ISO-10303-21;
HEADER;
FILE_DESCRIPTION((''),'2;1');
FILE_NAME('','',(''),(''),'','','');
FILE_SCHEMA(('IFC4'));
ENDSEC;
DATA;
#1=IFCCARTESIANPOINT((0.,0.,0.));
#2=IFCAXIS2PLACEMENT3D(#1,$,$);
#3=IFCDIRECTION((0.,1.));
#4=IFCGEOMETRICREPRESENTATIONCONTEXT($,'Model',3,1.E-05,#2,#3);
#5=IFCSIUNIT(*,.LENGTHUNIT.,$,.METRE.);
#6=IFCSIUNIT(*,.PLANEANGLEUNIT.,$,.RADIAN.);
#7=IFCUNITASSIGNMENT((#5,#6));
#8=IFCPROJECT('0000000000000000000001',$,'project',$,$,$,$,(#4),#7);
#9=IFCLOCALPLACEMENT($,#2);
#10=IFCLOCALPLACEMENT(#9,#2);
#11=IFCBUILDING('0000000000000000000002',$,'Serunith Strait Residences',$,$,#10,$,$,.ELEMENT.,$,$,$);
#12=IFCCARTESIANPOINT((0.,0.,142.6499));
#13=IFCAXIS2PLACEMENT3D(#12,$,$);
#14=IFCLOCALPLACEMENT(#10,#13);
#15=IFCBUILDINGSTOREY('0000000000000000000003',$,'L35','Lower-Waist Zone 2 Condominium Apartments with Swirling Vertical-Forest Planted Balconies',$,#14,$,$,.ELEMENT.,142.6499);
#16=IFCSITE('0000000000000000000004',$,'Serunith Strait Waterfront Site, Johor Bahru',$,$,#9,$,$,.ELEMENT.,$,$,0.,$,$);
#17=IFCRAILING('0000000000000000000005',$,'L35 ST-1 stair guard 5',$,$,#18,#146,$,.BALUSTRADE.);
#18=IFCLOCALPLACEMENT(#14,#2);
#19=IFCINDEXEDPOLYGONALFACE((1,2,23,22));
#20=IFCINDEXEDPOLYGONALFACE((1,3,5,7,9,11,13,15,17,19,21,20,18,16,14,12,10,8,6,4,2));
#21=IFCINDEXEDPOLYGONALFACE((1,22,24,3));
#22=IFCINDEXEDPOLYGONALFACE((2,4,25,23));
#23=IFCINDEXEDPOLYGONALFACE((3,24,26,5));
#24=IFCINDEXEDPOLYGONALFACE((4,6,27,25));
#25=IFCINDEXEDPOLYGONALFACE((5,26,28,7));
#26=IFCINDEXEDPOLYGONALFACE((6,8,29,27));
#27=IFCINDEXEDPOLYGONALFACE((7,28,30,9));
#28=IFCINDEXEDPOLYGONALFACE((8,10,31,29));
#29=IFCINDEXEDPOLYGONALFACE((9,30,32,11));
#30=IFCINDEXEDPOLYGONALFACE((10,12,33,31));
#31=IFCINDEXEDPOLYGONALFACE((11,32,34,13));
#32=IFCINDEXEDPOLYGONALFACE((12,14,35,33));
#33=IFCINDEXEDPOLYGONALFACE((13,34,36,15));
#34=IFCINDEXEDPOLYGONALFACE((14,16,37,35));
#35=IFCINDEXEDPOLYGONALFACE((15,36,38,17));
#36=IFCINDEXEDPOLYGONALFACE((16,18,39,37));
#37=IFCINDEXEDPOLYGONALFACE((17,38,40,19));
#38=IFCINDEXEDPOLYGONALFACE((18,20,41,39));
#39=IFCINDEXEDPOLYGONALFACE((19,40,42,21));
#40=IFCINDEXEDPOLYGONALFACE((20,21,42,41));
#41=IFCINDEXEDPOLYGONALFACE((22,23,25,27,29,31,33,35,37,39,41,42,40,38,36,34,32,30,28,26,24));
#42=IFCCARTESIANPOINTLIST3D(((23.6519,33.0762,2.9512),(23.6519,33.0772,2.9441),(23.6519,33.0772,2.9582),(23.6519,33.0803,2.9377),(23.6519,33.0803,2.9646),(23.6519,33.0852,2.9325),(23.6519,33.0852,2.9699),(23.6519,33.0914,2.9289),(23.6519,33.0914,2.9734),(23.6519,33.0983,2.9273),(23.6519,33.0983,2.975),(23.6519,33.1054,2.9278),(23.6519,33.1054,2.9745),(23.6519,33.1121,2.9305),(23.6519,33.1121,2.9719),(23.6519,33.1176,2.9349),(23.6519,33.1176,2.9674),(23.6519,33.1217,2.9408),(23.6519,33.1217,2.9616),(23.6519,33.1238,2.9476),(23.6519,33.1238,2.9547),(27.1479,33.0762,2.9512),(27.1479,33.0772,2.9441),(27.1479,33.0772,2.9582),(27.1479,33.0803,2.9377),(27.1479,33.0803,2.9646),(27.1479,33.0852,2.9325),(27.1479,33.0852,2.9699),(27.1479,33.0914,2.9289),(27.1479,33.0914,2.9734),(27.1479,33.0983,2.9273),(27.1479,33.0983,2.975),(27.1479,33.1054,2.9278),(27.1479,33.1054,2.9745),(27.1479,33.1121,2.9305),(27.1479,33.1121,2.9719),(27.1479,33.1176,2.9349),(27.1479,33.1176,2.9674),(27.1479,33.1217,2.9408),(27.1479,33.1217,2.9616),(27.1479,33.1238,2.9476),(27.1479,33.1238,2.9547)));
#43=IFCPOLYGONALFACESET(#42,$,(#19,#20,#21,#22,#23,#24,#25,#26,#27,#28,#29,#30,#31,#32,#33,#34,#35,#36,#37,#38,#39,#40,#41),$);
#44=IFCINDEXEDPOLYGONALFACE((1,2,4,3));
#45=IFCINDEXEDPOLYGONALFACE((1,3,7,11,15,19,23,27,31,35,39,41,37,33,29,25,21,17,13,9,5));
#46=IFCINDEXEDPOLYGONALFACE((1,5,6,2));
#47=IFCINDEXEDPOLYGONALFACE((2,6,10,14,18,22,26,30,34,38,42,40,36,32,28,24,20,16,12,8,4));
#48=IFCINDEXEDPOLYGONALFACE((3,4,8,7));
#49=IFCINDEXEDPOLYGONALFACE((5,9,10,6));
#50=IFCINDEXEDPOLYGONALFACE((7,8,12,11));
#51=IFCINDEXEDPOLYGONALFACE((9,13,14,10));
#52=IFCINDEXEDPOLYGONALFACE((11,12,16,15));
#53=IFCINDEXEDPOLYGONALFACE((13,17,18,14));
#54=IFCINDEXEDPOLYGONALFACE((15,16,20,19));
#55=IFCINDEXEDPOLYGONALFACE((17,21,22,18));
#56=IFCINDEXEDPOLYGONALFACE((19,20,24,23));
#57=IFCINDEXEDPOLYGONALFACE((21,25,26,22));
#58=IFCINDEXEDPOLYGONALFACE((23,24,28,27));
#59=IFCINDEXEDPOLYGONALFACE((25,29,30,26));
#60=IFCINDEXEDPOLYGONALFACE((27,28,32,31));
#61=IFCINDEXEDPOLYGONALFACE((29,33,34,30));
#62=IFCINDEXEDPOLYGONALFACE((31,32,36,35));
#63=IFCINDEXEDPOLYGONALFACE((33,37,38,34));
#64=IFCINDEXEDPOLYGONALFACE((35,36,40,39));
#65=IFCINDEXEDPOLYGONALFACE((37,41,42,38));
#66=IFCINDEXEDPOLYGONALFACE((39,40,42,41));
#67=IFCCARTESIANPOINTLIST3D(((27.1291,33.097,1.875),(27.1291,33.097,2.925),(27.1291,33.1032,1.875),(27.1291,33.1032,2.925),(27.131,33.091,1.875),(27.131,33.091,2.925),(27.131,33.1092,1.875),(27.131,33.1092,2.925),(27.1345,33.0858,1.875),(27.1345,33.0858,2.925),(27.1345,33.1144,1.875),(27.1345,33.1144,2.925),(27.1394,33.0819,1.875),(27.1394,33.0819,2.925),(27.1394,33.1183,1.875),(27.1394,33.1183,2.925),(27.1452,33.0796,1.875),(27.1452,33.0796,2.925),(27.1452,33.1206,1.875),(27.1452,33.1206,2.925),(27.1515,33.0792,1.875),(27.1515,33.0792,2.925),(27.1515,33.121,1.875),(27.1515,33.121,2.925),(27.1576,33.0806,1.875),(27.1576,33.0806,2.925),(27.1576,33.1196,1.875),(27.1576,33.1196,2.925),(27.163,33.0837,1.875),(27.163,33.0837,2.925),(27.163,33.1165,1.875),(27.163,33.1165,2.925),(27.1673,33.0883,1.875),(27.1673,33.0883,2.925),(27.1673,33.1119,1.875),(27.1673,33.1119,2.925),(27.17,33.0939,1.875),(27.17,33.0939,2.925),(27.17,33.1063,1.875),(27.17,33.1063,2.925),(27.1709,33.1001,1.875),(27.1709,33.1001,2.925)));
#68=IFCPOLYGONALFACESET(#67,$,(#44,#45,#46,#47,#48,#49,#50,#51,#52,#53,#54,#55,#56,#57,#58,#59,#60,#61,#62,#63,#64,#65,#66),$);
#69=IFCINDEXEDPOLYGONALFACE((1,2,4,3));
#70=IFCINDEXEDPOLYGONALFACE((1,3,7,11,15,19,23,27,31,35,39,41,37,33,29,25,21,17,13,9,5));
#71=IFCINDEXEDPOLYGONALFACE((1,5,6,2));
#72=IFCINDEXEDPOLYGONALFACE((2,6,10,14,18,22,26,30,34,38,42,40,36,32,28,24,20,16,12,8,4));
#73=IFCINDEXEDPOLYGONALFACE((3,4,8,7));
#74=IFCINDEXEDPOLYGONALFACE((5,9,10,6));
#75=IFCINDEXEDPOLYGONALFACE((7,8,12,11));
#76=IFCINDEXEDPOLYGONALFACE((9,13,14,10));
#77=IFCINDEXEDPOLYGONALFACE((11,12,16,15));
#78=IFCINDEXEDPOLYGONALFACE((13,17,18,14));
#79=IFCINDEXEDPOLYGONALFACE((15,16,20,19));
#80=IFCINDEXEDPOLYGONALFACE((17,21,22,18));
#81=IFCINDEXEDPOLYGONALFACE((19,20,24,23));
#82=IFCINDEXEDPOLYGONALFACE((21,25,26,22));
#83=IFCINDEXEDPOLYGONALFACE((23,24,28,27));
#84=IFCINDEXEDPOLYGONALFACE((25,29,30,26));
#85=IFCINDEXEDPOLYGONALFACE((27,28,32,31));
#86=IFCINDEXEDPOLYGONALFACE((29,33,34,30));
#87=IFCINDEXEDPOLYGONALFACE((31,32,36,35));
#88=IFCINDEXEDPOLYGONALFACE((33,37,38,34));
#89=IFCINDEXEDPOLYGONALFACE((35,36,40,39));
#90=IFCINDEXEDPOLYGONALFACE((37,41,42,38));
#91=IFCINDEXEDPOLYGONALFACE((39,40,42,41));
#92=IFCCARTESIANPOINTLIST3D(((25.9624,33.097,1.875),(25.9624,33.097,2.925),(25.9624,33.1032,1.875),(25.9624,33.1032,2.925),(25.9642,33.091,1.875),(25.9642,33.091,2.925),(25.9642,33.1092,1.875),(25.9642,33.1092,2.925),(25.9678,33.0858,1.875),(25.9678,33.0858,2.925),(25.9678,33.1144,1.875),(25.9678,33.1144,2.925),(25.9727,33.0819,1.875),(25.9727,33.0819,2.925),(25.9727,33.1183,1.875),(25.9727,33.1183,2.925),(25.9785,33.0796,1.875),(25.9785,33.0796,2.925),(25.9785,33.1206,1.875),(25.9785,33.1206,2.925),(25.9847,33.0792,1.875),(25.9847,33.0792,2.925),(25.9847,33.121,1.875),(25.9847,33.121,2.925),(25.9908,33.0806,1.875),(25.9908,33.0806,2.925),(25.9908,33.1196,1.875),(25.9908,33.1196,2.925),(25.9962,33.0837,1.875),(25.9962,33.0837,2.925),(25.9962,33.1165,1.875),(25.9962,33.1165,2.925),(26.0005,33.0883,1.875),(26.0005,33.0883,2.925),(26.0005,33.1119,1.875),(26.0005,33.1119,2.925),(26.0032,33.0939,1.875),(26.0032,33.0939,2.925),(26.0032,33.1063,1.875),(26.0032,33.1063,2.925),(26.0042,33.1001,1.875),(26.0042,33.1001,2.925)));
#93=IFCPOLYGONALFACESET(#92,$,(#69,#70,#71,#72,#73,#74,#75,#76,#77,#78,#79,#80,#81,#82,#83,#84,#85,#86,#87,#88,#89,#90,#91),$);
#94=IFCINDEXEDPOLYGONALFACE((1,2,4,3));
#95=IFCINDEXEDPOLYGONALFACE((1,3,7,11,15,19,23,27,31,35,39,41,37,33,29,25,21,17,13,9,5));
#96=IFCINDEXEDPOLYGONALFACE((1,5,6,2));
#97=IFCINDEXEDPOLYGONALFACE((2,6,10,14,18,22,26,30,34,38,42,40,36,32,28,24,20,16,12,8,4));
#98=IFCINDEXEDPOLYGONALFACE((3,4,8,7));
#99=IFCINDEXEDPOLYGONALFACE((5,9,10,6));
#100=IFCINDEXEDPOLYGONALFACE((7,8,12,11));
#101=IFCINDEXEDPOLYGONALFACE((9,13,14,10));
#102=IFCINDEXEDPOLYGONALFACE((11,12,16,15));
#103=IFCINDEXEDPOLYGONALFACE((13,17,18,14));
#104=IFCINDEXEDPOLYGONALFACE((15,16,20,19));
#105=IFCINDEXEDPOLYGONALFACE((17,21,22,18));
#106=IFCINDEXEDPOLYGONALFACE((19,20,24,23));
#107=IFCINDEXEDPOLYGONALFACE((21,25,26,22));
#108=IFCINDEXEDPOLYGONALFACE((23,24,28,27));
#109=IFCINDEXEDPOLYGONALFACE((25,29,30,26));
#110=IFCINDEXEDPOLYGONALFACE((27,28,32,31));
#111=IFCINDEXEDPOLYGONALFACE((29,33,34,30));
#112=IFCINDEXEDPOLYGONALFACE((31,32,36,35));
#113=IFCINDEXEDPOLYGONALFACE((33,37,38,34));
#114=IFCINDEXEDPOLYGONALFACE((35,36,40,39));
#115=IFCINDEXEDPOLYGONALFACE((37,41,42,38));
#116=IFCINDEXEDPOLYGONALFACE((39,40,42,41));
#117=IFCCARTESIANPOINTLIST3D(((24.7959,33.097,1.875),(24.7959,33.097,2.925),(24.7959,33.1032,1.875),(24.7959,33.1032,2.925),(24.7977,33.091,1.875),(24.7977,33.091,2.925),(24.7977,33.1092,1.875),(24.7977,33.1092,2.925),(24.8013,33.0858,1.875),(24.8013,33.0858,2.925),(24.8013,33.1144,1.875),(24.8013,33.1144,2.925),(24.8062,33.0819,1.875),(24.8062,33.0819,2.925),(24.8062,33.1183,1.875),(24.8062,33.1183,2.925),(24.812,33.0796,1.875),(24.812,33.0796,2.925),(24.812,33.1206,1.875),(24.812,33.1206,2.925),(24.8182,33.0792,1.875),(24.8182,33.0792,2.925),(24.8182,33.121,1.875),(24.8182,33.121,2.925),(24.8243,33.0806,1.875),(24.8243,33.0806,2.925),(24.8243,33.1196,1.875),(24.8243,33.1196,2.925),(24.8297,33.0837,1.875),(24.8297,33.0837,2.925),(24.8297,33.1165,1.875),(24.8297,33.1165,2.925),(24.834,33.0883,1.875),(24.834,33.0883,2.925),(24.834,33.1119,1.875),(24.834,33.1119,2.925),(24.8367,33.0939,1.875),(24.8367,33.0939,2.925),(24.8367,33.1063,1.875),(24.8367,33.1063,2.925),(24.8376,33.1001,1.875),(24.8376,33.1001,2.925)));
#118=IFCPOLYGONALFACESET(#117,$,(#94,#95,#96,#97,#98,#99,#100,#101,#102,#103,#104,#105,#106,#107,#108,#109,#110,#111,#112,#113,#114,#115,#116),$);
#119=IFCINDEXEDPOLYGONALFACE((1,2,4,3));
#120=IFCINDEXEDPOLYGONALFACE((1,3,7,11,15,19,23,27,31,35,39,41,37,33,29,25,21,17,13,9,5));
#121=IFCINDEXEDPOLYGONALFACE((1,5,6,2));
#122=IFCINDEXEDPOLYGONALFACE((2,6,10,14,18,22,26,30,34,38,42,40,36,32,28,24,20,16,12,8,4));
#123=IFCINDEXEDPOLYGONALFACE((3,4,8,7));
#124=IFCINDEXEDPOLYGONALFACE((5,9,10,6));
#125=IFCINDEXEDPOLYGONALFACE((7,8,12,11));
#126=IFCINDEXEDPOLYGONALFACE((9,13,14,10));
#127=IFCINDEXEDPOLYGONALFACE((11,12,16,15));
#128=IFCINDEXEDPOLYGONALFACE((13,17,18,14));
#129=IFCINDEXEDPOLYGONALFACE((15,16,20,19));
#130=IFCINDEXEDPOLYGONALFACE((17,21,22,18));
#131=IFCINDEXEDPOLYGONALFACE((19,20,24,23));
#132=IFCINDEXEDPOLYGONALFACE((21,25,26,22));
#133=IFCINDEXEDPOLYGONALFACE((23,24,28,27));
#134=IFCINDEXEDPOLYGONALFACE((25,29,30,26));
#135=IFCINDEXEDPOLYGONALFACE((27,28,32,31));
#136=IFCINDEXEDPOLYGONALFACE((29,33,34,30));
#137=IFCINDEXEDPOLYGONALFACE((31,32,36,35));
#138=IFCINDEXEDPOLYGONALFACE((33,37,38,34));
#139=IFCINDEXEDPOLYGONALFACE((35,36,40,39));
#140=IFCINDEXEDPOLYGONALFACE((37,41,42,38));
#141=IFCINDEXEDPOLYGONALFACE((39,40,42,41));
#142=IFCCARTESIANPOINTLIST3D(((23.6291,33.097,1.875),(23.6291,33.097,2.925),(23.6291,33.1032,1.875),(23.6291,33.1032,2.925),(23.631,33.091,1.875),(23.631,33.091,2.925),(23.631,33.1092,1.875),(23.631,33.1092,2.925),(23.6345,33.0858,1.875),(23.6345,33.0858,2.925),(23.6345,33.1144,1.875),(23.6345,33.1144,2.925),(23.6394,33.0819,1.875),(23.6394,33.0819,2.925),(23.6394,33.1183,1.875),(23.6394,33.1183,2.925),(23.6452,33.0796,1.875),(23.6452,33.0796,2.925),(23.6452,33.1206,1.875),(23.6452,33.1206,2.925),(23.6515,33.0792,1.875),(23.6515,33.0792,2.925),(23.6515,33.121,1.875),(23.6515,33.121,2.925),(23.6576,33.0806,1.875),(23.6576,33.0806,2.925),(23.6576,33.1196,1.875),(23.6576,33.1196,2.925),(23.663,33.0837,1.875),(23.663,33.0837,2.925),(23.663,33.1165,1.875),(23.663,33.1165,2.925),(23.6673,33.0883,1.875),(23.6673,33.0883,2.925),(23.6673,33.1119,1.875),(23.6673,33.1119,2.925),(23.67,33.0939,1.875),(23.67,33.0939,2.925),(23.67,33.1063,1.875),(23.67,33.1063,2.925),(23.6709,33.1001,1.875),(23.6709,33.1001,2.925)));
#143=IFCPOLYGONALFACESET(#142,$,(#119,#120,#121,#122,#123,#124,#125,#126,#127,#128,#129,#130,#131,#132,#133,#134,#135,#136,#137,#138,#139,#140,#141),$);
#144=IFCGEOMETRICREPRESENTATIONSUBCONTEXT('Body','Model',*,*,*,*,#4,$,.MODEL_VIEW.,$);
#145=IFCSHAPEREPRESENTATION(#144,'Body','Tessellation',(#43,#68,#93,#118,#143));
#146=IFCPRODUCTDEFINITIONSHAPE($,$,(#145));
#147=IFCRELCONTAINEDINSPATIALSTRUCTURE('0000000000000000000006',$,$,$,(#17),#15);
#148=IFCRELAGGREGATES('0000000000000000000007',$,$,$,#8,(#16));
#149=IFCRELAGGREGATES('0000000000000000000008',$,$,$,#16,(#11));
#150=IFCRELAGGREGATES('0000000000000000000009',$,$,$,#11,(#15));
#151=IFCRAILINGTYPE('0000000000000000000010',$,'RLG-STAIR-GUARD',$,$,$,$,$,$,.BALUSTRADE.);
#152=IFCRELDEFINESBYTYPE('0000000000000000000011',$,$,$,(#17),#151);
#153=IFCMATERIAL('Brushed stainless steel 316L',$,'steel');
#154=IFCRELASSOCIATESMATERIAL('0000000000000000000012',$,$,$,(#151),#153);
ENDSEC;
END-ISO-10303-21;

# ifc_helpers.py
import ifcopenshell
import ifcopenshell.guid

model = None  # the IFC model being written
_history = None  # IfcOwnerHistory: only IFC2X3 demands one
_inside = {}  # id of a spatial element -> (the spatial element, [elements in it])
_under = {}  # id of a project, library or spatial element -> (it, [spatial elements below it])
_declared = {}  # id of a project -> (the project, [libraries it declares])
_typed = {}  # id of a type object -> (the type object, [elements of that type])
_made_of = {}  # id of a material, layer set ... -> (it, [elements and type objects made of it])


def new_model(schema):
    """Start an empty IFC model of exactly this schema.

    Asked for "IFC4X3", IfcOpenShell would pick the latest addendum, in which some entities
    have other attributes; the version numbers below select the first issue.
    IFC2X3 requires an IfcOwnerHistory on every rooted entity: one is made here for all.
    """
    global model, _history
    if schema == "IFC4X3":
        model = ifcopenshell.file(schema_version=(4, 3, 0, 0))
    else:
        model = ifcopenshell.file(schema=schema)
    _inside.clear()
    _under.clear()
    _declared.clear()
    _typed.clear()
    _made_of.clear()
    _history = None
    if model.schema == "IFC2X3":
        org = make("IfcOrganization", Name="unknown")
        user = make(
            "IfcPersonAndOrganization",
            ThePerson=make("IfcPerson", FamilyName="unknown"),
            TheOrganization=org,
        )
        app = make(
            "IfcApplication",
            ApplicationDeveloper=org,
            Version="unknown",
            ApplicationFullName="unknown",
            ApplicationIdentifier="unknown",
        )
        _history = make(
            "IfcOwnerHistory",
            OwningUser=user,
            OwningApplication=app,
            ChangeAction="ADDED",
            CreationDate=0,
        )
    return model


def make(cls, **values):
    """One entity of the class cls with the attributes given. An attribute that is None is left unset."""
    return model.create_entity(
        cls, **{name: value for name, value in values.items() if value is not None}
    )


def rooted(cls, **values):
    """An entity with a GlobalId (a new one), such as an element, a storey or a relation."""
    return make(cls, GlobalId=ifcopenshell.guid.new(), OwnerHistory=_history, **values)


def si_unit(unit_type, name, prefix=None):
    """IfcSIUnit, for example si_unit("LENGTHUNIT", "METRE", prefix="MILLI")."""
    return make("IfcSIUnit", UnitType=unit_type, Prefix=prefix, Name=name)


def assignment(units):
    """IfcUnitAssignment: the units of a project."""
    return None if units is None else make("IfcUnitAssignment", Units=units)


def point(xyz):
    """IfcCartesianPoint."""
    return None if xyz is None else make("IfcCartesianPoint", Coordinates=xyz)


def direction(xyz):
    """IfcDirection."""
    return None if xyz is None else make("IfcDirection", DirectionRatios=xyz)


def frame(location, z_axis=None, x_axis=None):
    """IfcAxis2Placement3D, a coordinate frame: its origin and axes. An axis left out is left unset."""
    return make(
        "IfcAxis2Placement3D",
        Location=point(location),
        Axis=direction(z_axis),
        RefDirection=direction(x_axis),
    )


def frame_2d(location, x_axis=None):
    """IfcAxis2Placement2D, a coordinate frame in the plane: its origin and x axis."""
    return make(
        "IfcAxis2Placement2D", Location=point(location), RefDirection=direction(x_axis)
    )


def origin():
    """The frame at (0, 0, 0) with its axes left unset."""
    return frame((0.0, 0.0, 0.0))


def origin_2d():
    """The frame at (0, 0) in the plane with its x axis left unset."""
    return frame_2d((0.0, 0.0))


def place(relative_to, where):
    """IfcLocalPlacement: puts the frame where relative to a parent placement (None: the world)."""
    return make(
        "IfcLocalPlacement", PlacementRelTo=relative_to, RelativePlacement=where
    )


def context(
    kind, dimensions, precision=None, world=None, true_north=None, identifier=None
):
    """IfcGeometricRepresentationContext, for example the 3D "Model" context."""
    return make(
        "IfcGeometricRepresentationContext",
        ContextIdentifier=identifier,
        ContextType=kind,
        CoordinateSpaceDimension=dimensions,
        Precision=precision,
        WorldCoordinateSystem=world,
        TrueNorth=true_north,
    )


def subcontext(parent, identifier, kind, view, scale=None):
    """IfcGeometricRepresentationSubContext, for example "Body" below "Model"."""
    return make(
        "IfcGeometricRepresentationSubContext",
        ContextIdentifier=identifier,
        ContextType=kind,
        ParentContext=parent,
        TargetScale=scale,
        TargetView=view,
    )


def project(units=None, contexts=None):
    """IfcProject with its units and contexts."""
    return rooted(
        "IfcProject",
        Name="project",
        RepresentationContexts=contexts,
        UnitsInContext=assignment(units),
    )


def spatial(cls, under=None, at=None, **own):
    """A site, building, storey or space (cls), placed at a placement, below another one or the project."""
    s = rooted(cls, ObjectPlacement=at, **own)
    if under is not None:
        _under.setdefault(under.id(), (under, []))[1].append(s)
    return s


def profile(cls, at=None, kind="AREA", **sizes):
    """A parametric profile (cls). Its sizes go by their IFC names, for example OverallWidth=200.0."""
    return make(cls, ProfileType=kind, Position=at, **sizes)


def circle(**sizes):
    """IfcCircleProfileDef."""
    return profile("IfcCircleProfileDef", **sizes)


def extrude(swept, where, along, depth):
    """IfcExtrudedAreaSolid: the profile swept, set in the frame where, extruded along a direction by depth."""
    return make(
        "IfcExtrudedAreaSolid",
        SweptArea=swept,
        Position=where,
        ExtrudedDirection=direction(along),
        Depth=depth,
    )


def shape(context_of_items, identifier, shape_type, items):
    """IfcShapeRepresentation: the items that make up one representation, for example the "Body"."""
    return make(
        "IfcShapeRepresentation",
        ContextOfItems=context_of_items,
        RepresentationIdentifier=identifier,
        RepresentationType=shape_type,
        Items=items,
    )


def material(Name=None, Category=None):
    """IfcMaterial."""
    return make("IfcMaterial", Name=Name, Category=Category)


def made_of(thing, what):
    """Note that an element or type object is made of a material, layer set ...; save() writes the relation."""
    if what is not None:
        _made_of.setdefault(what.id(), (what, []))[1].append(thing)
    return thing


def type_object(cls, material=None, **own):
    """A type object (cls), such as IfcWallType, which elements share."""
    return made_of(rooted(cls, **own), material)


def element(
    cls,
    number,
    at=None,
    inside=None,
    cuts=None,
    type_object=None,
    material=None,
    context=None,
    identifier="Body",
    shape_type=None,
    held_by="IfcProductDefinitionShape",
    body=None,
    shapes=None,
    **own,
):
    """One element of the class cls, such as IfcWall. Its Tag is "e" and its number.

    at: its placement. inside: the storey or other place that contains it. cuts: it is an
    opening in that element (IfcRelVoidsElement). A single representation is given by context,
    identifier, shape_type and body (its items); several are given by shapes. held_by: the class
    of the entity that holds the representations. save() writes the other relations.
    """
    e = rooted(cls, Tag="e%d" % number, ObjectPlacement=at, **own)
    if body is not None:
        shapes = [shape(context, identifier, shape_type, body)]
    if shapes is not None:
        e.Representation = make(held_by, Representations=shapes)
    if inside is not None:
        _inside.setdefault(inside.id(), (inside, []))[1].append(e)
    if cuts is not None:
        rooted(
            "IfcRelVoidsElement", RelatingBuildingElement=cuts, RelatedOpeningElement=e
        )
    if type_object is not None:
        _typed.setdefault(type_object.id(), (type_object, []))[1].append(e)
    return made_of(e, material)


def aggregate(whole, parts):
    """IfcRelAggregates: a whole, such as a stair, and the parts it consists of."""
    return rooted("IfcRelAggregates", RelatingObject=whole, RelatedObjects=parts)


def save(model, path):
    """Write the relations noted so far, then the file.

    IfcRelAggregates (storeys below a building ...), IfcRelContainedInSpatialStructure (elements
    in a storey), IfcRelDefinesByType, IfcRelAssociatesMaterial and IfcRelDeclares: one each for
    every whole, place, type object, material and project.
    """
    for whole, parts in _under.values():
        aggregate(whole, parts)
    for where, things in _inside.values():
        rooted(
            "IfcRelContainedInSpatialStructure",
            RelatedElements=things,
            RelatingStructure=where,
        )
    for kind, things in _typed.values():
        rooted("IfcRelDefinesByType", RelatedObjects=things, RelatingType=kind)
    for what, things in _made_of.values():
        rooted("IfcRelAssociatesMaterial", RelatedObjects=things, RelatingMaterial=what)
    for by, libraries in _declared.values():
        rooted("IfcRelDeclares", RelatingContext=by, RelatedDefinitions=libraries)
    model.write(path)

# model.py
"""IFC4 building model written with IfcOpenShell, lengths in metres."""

from ifc_helpers import new_model, si_unit, direction, frame, origin, origin_2d, place, context, subcontext, project, spatial, circle, extrude, material, type_object, element, save


model = new_model("IFC4")

# Units and contexts
model_context = context("Model", 3, precision=1e-05, world=origin(), true_north=direction((0.0, 1.0)))
body_context = subcontext(model_context, "Body", "Model", "MODEL_VIEW")
ifc_project = project(units=[si_unit("LENGTHUNIT", "METRE"), si_unit("PLANEANGLEUNIT", "RADIAN")], contexts=[model_context])

# Site, building, storey
site_placement = place(None, origin())
site = spatial("IfcSite", under=ifc_project, at=site_placement, Name="Serunith Strait Waterfront Site, Johor Bahru", CompositionType="ELEMENT", RefElevation=0.0)
building_placement = place(site_placement, origin())
building = spatial("IfcBuilding", under=site, at=building_placement, Name="Serunith Strait Residences", CompositionType="ELEMENT")
storey_placement = place(building_placement, frame((0.0, 0.0, 142.6499)))
storey = spatial("IfcBuildingStorey", under=building, at=storey_placement, Name="L35", Description="Lower-Waist Zone 2 Condominium Apartments with Swirling Vertical-Forest Planted Balconies", CompositionType="ELEMENT", Elevation=142.6499)

# Railing
ifc_material_1 = material(Name="Brushed stainless steel 316L", Category="steel")
railing_type = type_object("IfcRailingType", Name="RLG-STAIR-GUARD", PredefinedType="BALUSTRADE", material=ifc_material_1)
railing_1_placement = place(storey_placement, frame((27.1499, 33.1001, 1.875)))
element("IfcRailing", 1, at=railing_1_placement, inside=storey, type_object=railing_type, Name="L35 ST-1 stair guard 5", PredefinedType="BALUSTRADE", context=body_context, shape_type="SweptSolid", body=[
    extrude(circle(Radius=0.0239, at=origin_2d()), frame((-0.002, 0.0, 1.0762), z_axis=(-1.0, 0.0, 0.0), x_axis=(0.0, -1.0, 0.0)), (0.0, 0.0, 1.0), 3.4961),
    extrude(circle(Radius=0.021, at=origin_2d()), origin(), (0.0, 0.0, 1.0), 1.05),
    extrude(circle(Radius=0.021, at=origin_2d()), frame((-1.1667, 0.0, 0.0)), (0.0, 0.0, 1.0), 1.05),
    extrude(circle(Radius=0.021, at=origin_2d()), frame((-2.3333, 0.0, 0.0)), (0.0, 0.0, 1.0), 1.05),
    extrude(circle(Radius=0.021, at=origin_2d()), frame((-3.5, 0.0, 0.0)), (0.0, 0.0, 1.0), 1.05),
])

save(model, "model.ifc")
